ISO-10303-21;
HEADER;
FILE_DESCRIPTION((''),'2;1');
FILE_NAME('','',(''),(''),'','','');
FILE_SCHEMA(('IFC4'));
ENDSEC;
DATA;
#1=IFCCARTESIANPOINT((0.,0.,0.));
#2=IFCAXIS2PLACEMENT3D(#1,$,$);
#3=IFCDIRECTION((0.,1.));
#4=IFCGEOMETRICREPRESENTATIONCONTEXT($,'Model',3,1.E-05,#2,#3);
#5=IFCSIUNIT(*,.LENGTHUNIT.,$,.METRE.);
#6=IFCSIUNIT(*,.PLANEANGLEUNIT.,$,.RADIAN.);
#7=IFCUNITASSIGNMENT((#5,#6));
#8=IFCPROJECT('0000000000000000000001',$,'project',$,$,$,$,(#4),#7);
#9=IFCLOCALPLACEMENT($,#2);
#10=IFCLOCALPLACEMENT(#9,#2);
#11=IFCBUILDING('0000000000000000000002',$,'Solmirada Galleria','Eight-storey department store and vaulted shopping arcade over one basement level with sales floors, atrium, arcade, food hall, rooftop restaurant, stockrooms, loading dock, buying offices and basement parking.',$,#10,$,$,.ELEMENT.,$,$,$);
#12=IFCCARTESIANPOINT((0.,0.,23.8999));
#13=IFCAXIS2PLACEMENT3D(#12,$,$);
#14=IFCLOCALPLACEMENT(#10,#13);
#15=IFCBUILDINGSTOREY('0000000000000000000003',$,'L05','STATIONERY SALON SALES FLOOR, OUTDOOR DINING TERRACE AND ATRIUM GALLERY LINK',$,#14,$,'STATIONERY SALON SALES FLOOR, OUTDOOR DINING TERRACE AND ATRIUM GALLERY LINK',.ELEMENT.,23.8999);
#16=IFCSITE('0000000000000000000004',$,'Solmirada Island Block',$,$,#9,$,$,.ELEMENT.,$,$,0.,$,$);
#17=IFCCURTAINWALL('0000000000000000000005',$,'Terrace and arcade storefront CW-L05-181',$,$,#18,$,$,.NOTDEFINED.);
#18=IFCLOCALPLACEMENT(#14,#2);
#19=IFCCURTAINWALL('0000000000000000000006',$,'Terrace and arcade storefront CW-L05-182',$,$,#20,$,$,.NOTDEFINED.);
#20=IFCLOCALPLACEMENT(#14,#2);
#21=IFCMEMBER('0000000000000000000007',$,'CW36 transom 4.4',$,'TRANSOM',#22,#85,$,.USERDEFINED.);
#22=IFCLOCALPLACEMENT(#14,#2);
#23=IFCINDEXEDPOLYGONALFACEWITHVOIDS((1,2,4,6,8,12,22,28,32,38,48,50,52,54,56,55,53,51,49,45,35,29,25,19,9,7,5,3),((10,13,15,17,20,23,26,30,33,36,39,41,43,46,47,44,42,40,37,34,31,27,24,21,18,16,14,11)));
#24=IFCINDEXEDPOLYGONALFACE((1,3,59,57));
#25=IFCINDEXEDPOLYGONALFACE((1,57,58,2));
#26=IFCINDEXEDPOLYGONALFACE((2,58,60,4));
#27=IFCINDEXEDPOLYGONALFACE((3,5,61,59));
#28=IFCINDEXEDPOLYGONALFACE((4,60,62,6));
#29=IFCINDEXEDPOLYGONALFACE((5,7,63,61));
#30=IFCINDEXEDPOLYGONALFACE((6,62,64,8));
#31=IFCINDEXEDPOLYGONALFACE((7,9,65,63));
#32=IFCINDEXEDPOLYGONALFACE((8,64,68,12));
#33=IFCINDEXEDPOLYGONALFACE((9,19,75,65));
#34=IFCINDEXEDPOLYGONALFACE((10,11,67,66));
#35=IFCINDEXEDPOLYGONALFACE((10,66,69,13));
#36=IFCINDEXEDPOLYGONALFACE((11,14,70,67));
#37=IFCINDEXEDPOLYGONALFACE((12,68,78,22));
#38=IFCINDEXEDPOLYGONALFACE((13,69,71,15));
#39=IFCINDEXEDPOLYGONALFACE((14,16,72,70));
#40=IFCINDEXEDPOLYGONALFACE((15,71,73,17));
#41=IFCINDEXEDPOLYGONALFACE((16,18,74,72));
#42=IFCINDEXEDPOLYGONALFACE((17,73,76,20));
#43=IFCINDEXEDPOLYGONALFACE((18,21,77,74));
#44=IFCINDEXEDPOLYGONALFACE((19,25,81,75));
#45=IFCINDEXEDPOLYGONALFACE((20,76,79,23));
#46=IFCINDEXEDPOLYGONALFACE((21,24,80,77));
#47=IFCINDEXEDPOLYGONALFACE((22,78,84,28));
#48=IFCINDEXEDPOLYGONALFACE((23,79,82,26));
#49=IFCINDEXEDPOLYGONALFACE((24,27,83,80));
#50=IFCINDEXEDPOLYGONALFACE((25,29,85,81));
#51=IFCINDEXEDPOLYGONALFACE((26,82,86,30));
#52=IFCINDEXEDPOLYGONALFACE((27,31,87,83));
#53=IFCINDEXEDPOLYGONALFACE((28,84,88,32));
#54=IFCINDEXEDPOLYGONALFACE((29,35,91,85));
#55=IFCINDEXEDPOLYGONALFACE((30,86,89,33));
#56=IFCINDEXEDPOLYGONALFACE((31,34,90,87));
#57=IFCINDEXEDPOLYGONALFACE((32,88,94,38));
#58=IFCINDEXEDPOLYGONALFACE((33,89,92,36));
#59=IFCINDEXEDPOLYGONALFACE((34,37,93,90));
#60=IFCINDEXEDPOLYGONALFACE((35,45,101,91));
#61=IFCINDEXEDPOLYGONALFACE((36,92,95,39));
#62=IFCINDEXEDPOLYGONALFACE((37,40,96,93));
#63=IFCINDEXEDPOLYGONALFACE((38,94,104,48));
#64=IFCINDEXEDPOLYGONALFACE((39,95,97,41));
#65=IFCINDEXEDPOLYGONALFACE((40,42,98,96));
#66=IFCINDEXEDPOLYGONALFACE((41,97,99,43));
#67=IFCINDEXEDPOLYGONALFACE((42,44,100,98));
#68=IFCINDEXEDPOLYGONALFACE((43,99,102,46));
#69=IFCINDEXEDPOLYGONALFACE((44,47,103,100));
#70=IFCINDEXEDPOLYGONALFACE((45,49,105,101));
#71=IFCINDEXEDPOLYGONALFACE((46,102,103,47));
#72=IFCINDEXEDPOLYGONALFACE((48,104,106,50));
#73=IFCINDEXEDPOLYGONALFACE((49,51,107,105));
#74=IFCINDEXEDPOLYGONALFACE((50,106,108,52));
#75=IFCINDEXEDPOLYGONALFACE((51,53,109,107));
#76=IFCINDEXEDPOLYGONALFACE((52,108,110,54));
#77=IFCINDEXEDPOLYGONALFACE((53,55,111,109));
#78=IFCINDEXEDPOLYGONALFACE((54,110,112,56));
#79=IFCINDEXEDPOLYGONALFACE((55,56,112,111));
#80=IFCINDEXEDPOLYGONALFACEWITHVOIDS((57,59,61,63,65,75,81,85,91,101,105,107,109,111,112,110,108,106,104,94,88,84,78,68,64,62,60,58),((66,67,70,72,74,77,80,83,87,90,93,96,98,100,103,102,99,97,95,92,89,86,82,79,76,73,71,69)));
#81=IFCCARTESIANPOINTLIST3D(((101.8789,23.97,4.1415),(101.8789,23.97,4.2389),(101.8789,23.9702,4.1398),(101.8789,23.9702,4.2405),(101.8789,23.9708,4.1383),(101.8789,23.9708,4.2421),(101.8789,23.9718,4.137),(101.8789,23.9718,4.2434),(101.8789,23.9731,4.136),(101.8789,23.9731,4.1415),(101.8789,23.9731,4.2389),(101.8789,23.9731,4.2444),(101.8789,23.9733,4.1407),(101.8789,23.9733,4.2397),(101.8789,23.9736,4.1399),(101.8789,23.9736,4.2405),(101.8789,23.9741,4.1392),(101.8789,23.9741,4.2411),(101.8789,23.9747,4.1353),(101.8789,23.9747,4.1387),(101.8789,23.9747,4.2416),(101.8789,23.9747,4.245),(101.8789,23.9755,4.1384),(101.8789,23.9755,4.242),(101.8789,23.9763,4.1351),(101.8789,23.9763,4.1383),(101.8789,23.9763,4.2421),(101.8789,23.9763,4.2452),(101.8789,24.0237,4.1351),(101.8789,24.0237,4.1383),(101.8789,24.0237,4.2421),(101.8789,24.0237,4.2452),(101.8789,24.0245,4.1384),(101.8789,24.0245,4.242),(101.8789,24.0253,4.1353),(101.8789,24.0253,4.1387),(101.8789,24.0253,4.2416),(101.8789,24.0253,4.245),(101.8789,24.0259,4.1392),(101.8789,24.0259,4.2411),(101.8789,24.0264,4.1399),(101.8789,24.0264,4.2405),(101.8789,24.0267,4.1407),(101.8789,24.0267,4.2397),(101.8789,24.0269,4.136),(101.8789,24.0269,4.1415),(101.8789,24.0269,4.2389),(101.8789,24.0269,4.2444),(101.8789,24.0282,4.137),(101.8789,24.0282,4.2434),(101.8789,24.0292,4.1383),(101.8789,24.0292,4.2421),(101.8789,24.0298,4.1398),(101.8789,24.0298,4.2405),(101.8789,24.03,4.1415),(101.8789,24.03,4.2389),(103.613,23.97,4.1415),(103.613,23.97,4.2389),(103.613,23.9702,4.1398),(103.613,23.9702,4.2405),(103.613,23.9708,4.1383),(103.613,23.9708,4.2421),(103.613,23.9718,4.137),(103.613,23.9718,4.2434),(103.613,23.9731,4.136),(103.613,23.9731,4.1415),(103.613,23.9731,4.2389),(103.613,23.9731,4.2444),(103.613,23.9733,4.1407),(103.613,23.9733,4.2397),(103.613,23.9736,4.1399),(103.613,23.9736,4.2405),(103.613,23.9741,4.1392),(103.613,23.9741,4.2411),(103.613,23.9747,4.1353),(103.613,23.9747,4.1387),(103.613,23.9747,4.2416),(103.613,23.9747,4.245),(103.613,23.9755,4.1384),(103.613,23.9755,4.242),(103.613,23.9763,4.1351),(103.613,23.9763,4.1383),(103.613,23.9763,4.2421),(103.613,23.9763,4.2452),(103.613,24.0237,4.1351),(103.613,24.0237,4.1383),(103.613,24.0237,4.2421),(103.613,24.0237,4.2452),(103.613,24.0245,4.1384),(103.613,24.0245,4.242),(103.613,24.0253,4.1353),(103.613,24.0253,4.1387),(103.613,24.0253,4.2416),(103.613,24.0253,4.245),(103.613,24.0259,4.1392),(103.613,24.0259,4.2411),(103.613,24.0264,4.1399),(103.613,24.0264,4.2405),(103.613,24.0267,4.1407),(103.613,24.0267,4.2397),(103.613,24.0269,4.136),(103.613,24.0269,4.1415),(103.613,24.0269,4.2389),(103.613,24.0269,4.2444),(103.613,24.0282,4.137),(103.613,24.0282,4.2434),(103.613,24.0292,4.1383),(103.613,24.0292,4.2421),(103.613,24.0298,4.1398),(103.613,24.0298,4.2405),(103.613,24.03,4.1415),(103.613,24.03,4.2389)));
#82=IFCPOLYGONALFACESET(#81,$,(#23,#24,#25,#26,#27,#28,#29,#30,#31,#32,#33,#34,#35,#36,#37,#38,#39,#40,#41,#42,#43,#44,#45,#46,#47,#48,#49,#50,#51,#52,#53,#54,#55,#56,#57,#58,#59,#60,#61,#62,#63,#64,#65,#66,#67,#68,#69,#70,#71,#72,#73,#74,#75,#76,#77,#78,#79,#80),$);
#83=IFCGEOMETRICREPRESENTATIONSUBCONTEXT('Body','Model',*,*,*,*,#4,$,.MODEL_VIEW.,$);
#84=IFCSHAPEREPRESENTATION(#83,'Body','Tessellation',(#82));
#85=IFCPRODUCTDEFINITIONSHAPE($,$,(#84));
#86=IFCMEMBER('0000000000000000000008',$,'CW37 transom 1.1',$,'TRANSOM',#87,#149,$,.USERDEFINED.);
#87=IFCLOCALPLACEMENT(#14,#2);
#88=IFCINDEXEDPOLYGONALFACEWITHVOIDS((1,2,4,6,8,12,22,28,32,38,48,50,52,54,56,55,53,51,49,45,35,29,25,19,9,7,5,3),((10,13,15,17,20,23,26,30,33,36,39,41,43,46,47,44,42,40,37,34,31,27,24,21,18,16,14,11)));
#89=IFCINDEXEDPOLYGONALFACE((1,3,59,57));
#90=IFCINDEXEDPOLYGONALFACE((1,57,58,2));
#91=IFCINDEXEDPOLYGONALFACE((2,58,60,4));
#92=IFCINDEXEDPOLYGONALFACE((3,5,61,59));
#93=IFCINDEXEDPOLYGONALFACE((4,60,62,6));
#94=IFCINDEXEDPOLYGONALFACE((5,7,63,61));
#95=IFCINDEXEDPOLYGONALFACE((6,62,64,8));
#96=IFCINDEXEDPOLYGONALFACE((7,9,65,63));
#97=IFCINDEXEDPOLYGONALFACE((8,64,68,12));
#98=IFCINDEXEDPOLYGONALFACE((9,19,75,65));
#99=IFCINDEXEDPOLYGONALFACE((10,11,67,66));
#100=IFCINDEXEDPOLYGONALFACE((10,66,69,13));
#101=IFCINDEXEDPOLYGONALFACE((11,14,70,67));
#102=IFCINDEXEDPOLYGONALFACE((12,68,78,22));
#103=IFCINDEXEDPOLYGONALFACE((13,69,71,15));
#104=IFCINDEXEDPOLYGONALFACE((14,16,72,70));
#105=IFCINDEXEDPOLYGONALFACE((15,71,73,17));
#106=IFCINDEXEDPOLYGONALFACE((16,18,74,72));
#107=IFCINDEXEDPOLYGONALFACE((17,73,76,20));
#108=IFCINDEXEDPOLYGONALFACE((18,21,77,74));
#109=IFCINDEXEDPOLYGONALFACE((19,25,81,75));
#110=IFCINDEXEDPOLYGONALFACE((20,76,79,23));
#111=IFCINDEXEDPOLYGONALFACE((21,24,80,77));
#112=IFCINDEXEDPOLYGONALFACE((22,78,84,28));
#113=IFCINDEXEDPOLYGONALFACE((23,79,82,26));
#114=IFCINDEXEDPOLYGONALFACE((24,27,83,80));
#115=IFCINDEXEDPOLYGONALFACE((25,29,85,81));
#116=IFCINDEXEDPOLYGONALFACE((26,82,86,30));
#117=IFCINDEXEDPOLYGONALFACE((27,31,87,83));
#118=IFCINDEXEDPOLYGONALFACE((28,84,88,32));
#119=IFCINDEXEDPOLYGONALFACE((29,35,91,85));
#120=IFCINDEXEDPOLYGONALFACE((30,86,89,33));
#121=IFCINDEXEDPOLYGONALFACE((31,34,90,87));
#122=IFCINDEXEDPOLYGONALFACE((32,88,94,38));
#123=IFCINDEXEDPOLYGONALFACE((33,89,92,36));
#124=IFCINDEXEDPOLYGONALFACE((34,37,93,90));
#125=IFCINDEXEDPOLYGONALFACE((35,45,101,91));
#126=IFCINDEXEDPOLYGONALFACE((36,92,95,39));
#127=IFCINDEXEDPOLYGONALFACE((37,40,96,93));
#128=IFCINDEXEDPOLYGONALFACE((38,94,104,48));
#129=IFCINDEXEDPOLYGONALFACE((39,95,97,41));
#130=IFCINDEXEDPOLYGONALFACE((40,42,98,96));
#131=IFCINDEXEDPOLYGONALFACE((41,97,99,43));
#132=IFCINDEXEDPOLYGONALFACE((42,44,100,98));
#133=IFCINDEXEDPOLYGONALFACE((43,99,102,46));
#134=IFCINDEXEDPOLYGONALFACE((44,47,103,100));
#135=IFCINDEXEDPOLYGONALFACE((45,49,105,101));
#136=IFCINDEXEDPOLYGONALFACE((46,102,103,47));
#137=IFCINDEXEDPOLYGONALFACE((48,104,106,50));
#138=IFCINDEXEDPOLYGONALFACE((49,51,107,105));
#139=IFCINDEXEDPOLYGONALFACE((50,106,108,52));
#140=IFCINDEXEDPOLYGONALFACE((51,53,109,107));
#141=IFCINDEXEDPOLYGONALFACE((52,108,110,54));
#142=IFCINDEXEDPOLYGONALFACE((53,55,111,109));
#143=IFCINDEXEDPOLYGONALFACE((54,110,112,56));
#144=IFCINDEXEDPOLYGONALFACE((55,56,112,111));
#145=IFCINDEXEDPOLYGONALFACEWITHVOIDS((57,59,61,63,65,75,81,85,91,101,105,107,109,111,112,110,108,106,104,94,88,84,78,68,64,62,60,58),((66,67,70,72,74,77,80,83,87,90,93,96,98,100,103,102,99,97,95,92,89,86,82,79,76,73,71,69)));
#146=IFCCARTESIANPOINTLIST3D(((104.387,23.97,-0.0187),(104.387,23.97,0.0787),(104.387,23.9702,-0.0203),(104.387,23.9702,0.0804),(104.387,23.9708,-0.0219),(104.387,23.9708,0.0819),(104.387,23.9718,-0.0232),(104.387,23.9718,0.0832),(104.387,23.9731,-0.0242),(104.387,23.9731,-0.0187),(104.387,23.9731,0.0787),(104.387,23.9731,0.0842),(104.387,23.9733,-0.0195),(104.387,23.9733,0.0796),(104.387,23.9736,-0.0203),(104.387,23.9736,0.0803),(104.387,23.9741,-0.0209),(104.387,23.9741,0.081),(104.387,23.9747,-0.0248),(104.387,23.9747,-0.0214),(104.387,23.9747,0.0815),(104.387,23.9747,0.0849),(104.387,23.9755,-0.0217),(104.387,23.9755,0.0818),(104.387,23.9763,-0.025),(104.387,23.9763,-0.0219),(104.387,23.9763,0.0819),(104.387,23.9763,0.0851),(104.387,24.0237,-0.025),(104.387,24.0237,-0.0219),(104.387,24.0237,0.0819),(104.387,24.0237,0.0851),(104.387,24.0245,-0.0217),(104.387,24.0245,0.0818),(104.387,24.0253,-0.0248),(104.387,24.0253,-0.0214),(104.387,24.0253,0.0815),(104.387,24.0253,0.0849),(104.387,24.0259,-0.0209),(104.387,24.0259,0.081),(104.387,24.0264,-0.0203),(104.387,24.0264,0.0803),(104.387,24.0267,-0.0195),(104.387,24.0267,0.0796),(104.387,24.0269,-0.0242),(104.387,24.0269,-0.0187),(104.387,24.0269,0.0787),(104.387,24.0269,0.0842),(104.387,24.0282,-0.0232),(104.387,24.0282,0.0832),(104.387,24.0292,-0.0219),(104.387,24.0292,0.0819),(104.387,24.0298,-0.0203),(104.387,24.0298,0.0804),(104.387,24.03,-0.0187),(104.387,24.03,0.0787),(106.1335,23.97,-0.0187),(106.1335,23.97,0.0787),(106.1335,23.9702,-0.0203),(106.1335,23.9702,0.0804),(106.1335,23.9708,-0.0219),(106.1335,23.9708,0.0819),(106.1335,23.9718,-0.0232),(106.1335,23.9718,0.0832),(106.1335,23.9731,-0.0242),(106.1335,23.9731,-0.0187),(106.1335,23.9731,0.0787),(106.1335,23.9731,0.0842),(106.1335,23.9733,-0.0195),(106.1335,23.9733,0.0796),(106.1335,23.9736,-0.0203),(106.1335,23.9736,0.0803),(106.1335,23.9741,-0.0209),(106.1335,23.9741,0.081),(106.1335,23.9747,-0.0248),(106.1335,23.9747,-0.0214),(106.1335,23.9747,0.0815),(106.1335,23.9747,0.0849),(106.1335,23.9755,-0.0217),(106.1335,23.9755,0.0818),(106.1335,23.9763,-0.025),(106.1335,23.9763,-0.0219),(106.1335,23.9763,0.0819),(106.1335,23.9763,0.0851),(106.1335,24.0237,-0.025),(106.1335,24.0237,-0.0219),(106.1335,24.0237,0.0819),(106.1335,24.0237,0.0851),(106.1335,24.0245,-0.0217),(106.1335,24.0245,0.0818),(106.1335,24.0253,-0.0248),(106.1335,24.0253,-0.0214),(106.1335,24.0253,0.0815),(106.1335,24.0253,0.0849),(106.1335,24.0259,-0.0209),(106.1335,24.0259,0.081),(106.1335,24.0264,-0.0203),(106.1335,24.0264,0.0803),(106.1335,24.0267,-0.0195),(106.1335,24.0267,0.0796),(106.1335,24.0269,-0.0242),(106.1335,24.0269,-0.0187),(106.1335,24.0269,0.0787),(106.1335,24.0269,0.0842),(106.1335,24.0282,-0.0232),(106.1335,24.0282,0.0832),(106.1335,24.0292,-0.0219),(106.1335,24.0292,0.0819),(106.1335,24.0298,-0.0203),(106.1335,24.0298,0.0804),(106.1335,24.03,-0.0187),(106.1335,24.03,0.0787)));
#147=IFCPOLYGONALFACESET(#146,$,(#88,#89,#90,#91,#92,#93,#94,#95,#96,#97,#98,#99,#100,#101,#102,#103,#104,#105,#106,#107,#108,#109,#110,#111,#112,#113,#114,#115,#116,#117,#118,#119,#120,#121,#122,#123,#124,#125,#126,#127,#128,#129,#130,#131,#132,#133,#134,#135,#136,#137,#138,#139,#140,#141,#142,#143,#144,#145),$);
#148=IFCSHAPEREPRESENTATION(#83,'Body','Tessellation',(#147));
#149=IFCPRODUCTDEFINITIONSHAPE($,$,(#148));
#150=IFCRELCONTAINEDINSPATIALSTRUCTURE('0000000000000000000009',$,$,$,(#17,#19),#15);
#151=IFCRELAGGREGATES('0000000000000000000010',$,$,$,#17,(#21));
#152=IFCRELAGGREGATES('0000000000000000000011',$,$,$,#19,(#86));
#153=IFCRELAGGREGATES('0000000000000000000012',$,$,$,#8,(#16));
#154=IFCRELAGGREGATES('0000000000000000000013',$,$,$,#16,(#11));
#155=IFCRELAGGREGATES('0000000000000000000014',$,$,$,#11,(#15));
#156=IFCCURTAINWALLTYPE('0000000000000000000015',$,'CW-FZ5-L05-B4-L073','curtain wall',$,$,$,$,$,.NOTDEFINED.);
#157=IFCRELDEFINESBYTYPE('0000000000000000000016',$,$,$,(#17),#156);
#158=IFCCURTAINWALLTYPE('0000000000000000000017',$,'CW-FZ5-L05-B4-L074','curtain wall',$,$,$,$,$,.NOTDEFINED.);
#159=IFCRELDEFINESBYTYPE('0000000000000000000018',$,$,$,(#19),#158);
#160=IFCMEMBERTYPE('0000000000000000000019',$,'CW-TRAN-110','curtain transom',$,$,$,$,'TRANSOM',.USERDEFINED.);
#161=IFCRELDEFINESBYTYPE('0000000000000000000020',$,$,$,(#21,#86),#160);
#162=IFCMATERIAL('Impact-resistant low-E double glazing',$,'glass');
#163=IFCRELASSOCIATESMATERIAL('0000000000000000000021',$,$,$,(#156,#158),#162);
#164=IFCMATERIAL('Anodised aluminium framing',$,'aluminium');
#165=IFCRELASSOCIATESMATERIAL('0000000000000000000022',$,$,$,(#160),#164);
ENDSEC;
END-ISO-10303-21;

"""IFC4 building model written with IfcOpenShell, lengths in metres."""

from ifc_helpers import new_model, si_unit, direction, frame, origin, origin_2d, place, context, subcontext, project, spatial, hollow_rectangle, extrude, material, material_profile, profile_set, type_object, element, aggregate, save


model = new_model("IFC4")

# Units and contexts
model_context = context("Model", 3, precision=1e-05, world=origin(), true_north=direction((0.0, 1.0)))
body_context = subcontext(model_context, "Body", "Model", "MODEL_VIEW")
ifc_project = project(units=[si_unit("LENGTHUNIT", "METRE"), si_unit("PLANEANGLEUNIT", "RADIAN")], contexts=[model_context])

# Site, building, storey
site_placement = place(None, origin())
site = spatial("IfcSite", under=ifc_project, at=site_placement, Name="Solmirada Island Block", CompositionType="ELEMENT", RefElevation=0.0)
building_placement = place(site_placement, origin())
building = spatial("IfcBuilding", under=site, at=building_placement, Name="Solmirada Galleria", Description="Eight-storey department store and vaulted shopping arcade over one basement level with sales floors, atrium, arcade, food hall, rooftop restaurant, stockrooms, loading dock, buying offices and basement parking.", CompositionType="ELEMENT")
storey_placement = place(building_placement, frame((0.0, 0.0, 23.8999)))
storey = spatial("IfcBuildingStorey", under=building, at=storey_placement, Name="L05", Description="STATIONERY SALON SALES FLOOR, OUTDOOR DINING TERRACE AND ATRIUM GALLERY LINK", LongName="STATIONERY SALON SALES FLOOR, OUTDOOR DINING TERRACE AND ATRIUM GALLERY LINK", CompositionType="ELEMENT", Elevation=23.8999)

# Curtain walls
ifc_material_1 = material(Name="Impact-resistant low-E double glazing", Category="glass")
curtain_wall_type_1 = type_object("IfcCurtainWallType", Name="CW-FZ5-L05-B4-L073", Description="curtain wall", PredefinedType="NOTDEFINED", material=ifc_material_1)
curtain_wall_1_placement = place(storey_placement, origin())
curtain_wall_1 = element("IfcCurtainWall", 1, at=curtain_wall_1_placement, inside=storey, type_object=curtain_wall_type_1, Name="Terrace and arcade storefront CW-L05-181", PredefinedType="NOTDEFINED")
ifc_material_2 = material(Name="Anodised aluminium framing", Category="aluminium")
curtain_wall_type_2 = type_object("IfcCurtainWallType", Name="CW-FZ5-L05-B4-L074", Description="curtain wall", PredefinedType="NOTDEFINED", material=ifc_material_1)
curtain_wall_2_placement = place(storey_placement, origin())
curtain_wall_2 = element("IfcCurtainWall", 2, at=curtain_wall_2_placement, inside=storey, type_object=curtain_wall_type_2, Name="Terrace and arcade storefront CW-L05-182", PredefinedType="NOTDEFINED")

# Members
ifc_material_profile_1 = material_profile(ifc_material_2, hollow_rectangle(XDim=0.0601, YDim=0.1101, WallThickness=0.0032, InnerFilletRadius=0.0032, OuterFilletRadius=0.0063, at=origin_2d()), Name="ALU-TRAN-110X60")
ifc_profile_set_1 = profile_set([ifc_material_profile_1], Name="Anodised aluminium framing")
member_type_1 = type_object("IfcMemberType", Name="CW-TRAN-110", Description="curtain transom", ElementType="TRANSOM", PredefinedType="USERDEFINED", material=ifc_profile_set_1)
member_1_placement = place(storey_placement, frame((101.8789, 24.0, 4.1902), z_axis=(1.0, 0.0, 0.0), x_axis=(0.0, 1.0, 0.0)))
member_1 = element("IfcMember", 3, at=member_1_placement, type_object=member_type_1, Name="CW36 transom 4.4", ObjectType="TRANSOM", PredefinedType="USERDEFINED", context=body_context, shape_type="SweptSolid", body=[
    extrude(hollow_rectangle(XDim=0.0601, YDim=0.1101, WallThickness=0.0032, InnerFilletRadius=0.0032, OuterFilletRadius=0.0063, at=origin_2d()), origin(), (0.0, 0.0, 1.0), 1.7341),
])
member_2_placement = place(storey_placement, frame((104.387, 24.0, 0.03), z_axis=(1.0, 0.0, 0.0), x_axis=(0.0, 1.0, 0.0)))
member_2 = element("IfcMember", 4, at=member_2_placement, type_object=member_type_1, Name="CW37 transom 1.1", ObjectType="TRANSOM", PredefinedType="USERDEFINED", context=body_context, shape_type="SweptSolid", body=[
    extrude(hollow_rectangle(XDim=0.0601, YDim=0.1101, WallThickness=0.0032, InnerFilletRadius=0.0032, OuterFilletRadius=0.0063, at=origin_2d()), origin(), (0.0, 0.0, 1.0), 1.7466),
])

aggregate(curtain_wall_1, [member_1])
aggregate(curtain_wall_2, [member_2])

save(model, "model.ifc")
